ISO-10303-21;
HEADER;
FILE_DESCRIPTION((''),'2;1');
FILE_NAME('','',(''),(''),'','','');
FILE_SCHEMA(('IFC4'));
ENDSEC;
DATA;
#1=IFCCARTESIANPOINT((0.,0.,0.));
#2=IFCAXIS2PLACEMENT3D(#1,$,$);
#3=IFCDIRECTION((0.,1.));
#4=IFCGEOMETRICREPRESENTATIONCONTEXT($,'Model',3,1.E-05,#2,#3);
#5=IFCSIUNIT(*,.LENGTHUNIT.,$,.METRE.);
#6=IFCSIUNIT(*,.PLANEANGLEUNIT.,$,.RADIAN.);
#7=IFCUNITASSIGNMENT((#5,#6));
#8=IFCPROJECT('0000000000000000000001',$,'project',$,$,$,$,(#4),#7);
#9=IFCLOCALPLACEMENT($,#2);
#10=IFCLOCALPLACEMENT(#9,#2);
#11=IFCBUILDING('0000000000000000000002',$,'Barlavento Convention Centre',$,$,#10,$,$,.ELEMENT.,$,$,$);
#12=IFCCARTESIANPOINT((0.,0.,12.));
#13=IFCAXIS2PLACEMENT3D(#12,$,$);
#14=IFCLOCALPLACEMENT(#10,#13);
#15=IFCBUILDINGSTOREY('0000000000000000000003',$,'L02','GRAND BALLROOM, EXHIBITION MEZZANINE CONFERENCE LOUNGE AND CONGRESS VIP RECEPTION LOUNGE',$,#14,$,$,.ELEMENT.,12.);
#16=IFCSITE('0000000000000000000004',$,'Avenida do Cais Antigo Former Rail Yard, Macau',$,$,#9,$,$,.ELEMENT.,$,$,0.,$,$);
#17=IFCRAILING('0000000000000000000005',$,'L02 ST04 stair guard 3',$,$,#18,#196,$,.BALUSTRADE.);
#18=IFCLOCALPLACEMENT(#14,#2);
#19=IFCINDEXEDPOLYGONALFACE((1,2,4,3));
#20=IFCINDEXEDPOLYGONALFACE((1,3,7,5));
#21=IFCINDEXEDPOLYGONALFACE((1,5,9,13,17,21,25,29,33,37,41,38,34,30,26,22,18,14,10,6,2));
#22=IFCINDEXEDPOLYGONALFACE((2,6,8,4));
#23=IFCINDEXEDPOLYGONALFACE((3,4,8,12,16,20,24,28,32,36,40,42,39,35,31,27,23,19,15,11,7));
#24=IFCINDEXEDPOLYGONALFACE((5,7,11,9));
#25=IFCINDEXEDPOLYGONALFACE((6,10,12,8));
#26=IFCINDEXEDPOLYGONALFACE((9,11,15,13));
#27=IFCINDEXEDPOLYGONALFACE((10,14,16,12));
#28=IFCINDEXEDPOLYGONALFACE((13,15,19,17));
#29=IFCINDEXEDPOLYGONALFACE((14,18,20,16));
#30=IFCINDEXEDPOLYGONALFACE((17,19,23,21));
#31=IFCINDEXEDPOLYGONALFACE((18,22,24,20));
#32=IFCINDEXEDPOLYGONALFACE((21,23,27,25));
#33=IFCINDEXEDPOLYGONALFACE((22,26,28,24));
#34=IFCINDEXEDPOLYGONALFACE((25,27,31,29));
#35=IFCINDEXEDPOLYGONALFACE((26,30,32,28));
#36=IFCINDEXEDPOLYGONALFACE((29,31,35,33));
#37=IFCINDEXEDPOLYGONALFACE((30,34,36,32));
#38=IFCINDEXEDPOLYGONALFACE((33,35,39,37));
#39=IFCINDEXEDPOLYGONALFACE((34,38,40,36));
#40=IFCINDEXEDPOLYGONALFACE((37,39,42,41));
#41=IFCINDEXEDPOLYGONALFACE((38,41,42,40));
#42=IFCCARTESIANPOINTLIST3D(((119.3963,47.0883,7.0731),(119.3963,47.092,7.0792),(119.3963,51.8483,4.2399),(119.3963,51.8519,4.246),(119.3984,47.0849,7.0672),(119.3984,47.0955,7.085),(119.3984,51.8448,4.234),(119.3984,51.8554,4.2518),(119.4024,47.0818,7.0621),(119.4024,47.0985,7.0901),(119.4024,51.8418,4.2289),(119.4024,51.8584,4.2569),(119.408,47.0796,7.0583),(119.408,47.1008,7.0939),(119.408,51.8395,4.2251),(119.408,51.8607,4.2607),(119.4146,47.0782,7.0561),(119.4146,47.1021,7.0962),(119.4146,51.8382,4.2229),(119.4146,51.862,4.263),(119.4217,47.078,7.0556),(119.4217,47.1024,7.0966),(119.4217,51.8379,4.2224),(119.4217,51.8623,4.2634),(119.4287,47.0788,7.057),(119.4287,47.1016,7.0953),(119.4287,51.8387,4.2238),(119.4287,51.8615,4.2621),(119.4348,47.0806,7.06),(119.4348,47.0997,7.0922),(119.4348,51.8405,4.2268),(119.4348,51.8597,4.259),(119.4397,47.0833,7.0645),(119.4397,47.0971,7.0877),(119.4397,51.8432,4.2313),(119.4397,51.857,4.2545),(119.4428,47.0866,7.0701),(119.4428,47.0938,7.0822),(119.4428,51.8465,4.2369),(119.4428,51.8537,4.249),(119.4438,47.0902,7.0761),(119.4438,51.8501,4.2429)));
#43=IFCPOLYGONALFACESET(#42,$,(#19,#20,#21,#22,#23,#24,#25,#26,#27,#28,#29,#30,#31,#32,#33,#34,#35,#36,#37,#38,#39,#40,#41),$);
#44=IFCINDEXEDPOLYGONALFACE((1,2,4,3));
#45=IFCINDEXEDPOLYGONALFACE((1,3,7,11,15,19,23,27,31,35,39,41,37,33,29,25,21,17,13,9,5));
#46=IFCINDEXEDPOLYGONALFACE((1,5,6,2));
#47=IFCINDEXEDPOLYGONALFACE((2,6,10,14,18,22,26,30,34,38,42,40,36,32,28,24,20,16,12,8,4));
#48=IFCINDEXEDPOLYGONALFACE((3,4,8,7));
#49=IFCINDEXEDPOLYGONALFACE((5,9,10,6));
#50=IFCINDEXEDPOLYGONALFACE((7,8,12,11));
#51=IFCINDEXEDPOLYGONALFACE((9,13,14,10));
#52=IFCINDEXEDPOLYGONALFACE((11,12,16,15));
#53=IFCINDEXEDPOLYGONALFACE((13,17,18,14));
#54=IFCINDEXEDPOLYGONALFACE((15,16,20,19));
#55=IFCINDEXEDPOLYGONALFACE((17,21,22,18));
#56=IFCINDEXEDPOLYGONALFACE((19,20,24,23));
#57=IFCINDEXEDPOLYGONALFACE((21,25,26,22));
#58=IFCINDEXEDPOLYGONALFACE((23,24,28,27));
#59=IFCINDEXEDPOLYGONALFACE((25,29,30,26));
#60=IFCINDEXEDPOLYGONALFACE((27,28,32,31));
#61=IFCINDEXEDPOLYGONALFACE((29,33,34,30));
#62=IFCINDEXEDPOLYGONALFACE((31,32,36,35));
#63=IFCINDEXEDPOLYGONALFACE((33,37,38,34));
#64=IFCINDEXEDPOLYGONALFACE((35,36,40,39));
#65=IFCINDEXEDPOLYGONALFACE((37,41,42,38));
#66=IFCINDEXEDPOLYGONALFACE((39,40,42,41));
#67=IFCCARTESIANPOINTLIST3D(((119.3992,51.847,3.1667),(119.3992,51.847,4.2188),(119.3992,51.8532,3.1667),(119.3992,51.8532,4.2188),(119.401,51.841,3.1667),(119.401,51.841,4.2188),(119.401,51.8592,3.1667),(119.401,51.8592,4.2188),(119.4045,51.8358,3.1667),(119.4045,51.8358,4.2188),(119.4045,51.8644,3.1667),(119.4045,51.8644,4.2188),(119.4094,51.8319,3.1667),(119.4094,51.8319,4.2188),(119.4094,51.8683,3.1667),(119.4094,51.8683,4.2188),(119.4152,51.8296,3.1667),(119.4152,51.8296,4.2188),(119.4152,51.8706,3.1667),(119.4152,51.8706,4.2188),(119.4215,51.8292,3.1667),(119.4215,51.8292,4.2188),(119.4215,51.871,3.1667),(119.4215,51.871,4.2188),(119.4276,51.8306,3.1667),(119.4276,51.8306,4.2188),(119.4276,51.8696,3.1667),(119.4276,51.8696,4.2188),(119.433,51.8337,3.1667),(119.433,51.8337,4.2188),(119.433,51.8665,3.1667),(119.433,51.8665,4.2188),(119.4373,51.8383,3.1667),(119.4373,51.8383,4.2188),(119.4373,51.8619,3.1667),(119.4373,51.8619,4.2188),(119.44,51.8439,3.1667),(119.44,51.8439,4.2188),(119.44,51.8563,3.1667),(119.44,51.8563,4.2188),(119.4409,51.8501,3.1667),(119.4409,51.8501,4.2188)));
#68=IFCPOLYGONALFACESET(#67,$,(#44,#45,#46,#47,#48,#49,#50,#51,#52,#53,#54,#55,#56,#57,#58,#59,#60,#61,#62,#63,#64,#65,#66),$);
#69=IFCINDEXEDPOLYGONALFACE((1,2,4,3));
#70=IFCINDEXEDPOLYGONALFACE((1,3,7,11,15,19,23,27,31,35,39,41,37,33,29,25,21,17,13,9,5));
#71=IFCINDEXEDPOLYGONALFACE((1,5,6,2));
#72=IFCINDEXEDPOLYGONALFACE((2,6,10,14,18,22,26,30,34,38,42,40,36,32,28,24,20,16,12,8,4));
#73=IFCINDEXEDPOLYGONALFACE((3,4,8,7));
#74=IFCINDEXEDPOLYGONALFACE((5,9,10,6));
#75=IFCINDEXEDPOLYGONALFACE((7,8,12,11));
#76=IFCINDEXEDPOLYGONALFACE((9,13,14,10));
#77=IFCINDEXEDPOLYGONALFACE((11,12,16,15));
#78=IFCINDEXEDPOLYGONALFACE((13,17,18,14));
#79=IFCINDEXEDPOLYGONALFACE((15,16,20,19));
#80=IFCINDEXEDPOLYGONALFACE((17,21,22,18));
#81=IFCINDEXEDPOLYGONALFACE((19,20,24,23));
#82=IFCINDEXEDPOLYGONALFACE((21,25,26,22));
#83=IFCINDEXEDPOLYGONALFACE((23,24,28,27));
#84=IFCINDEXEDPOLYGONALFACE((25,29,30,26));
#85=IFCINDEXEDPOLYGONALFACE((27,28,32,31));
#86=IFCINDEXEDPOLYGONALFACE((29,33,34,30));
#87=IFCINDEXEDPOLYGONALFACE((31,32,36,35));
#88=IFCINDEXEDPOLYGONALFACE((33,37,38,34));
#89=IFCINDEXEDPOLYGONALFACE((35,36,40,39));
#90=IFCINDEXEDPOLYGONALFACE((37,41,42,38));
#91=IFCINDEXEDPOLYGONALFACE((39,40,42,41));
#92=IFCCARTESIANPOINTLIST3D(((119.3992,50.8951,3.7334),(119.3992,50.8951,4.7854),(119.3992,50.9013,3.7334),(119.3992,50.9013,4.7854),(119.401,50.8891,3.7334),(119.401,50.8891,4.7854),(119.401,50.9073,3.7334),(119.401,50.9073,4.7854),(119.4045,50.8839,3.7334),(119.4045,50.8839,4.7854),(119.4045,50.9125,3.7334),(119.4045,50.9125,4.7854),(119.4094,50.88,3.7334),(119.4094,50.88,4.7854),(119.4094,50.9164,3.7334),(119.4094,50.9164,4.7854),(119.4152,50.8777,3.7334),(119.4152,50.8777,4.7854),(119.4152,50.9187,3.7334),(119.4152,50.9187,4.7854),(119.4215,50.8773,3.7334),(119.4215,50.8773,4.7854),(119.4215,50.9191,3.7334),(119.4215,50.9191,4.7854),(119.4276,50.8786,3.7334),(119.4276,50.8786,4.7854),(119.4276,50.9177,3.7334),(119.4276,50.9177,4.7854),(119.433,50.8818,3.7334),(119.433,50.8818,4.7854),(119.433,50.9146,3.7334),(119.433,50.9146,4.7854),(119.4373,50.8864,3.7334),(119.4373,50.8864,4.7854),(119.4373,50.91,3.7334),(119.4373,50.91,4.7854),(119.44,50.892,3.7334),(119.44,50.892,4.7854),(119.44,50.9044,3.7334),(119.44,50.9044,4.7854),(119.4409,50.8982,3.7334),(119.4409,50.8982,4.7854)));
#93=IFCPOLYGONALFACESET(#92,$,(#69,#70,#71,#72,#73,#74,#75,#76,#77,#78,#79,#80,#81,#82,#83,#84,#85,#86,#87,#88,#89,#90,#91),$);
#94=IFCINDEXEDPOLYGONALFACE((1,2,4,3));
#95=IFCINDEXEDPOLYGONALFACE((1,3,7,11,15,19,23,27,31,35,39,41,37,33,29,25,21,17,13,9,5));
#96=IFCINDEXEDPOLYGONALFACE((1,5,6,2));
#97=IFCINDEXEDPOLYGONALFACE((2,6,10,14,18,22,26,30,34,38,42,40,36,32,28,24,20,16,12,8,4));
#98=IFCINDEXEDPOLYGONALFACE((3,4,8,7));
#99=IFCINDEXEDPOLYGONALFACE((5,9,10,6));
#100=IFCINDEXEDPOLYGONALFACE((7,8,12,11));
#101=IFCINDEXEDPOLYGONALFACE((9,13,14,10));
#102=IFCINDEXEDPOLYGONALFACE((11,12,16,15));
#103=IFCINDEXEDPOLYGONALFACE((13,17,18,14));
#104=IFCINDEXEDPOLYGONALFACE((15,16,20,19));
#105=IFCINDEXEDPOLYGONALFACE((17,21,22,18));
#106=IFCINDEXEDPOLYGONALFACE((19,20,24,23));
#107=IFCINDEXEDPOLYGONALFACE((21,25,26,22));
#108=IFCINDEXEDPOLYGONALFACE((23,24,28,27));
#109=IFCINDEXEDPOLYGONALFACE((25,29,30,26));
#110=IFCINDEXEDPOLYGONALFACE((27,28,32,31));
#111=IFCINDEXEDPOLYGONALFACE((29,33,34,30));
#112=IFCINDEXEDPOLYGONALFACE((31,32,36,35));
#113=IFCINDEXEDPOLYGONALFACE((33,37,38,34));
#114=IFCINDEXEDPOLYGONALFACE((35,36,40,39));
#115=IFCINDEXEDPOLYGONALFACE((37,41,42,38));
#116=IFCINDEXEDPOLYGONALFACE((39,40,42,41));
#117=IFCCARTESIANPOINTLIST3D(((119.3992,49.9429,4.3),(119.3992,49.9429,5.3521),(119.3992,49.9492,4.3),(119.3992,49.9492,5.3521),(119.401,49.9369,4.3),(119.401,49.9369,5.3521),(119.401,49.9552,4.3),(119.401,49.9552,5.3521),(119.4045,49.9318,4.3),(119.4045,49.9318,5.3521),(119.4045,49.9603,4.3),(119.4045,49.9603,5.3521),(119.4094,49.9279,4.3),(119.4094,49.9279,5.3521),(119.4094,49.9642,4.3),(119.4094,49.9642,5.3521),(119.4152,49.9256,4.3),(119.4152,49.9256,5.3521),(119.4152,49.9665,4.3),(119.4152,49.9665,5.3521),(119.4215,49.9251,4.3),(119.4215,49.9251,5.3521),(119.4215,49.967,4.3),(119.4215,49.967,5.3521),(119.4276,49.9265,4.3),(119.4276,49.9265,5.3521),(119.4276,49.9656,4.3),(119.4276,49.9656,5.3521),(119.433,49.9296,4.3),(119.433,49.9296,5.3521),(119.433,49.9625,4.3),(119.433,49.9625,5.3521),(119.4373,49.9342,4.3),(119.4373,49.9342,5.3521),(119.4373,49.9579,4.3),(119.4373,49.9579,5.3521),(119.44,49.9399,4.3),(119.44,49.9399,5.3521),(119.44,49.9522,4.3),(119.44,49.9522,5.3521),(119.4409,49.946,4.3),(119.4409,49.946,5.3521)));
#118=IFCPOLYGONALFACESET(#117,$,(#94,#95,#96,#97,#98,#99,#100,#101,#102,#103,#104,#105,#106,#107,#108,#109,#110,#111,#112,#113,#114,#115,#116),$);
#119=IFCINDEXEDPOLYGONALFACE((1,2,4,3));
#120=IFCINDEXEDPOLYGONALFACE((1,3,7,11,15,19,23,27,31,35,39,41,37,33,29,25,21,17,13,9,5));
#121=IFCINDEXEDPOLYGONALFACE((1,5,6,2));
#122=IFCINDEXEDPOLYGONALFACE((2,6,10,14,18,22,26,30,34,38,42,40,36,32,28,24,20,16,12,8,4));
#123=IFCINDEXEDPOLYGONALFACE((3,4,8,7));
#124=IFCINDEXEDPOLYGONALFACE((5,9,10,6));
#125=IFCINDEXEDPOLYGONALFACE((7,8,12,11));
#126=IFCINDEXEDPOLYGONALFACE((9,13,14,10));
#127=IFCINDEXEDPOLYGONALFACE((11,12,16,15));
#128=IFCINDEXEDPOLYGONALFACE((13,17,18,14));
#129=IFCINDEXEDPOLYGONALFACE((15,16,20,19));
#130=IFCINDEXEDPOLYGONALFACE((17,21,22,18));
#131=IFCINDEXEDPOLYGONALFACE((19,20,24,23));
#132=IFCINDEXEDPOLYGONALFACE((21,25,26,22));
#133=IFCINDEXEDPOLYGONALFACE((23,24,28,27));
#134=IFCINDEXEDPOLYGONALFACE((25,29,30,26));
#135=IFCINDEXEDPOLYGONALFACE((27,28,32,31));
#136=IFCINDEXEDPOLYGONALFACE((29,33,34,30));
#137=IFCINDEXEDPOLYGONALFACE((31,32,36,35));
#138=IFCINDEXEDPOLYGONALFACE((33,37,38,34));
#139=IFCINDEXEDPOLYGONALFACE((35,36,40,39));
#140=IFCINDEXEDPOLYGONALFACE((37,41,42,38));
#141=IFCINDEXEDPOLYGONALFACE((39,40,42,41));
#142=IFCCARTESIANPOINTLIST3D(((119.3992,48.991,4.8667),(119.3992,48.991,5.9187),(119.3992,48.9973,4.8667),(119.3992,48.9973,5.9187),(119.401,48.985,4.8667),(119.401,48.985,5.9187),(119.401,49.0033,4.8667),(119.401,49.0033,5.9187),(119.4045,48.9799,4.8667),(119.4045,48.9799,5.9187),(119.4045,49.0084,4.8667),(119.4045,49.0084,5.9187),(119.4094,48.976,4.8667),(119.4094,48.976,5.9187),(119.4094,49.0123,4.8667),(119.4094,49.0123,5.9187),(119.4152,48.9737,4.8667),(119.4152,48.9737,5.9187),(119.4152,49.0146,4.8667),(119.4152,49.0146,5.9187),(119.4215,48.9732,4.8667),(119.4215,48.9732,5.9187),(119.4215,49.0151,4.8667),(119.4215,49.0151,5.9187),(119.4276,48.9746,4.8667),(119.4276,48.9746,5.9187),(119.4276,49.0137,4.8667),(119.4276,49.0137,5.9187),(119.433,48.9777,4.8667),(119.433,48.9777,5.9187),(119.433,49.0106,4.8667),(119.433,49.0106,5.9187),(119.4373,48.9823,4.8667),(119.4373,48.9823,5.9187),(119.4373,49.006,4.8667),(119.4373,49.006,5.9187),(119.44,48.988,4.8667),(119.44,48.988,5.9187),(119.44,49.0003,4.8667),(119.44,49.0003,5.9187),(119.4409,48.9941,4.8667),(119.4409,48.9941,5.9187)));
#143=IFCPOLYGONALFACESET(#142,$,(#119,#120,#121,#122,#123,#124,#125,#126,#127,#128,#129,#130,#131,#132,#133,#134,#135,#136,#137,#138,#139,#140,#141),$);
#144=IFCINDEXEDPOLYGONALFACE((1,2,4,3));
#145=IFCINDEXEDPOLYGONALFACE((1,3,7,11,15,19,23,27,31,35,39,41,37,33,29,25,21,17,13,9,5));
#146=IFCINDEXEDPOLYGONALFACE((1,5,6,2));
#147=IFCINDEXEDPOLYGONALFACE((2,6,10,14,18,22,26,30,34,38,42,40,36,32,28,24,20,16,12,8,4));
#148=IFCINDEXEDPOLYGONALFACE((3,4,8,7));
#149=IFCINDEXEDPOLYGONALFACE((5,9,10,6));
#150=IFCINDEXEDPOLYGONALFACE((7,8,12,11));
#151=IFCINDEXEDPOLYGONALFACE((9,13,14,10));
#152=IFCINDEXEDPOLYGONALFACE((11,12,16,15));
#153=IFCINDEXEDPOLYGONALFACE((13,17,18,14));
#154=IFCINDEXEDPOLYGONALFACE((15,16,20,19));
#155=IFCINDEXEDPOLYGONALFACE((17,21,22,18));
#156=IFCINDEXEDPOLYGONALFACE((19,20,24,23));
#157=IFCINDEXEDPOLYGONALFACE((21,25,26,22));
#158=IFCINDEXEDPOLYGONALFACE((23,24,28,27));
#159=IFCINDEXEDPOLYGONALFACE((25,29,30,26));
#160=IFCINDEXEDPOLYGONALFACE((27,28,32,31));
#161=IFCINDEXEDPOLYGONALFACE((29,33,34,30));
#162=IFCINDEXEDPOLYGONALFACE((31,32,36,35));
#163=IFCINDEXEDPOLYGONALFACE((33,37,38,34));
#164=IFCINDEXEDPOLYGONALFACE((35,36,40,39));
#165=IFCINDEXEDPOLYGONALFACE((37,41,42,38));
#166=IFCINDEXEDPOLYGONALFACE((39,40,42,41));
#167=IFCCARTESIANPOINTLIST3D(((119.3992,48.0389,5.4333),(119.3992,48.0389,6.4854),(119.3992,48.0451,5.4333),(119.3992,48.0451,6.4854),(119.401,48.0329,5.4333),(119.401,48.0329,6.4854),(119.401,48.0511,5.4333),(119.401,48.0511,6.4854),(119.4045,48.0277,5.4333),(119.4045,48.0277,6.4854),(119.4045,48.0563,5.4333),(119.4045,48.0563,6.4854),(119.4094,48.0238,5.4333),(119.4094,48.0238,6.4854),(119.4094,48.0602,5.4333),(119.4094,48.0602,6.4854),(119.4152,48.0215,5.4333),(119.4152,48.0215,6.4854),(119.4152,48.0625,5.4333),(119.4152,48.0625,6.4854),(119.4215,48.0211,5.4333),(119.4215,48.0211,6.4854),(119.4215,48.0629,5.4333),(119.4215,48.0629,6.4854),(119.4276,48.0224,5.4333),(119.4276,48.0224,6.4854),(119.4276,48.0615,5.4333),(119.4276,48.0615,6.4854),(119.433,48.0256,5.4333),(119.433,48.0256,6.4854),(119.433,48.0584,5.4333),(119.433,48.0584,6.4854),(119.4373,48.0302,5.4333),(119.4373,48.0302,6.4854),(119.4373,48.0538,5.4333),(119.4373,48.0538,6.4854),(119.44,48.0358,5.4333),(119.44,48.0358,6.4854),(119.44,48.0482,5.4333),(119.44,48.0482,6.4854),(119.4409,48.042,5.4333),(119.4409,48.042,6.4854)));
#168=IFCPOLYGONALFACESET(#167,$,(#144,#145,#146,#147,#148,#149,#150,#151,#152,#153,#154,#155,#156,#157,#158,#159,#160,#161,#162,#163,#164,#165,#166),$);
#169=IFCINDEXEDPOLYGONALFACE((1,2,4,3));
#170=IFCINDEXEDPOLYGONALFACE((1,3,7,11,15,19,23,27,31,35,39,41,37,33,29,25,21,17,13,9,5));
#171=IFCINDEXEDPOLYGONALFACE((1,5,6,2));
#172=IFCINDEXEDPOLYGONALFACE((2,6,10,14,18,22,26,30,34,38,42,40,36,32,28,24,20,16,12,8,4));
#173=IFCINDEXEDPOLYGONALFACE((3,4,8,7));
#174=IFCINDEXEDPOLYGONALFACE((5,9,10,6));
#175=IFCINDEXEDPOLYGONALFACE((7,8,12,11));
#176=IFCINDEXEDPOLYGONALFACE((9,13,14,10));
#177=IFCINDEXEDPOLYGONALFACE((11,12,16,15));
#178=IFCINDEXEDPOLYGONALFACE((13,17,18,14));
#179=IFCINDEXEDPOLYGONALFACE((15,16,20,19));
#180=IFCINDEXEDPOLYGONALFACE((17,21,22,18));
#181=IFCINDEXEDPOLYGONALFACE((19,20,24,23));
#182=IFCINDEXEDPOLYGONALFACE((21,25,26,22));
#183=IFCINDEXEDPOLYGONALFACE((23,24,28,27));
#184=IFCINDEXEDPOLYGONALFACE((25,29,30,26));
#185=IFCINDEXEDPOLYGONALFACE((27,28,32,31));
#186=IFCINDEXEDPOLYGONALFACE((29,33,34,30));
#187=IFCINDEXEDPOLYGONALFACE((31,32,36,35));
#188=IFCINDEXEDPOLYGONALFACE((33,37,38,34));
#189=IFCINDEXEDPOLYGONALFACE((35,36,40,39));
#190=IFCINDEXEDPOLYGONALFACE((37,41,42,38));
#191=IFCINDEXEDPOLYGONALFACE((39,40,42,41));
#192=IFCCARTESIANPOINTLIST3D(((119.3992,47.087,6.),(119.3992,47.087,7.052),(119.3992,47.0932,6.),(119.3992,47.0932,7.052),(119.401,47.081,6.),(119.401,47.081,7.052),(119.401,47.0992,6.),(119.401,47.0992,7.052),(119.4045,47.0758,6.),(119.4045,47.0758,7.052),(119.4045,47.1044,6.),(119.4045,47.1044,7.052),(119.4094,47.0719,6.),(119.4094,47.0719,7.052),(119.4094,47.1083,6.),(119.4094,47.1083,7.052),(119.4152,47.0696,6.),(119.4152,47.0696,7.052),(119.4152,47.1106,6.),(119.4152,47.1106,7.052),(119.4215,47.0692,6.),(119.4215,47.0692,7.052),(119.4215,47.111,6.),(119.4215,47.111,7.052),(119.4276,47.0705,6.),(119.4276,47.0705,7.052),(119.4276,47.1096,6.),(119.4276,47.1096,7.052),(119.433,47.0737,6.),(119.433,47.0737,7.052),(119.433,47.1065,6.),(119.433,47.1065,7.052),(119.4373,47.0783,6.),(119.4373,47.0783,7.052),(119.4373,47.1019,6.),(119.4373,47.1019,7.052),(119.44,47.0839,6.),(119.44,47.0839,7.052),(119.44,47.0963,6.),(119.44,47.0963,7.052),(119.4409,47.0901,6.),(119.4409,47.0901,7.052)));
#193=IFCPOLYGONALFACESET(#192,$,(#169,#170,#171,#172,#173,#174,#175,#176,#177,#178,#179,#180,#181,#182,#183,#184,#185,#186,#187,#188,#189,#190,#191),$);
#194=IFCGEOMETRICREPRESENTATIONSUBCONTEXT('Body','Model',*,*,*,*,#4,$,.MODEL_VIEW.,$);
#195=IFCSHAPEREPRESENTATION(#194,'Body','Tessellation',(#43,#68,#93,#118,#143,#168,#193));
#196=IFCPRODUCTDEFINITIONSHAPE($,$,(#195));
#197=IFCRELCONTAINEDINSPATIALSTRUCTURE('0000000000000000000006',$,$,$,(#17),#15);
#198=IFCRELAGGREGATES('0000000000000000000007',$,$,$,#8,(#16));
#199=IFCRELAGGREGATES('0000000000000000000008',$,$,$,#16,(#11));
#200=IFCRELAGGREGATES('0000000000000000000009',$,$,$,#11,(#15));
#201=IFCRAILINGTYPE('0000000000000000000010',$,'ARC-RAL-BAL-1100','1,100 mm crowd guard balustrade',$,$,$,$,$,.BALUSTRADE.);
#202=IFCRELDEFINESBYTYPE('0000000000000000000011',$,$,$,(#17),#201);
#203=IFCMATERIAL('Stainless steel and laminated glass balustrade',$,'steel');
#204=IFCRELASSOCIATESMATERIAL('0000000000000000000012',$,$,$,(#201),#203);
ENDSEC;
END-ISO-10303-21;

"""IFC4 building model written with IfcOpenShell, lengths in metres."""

from ifc_helpers import new_model, si_unit, direction, frame, origin, origin_2d, place, context, subcontext, project, spatial, circle, extrude, material, type_object, element, save


model = new_model("IFC4")

# Units and contexts
model_context = context("Model", 3, precision=1e-05, world=origin(), true_north=direction((0.0, 1.0)))
body_context = subcontext(model_context, "Body", "Model", "MODEL_VIEW")
ifc_project = project(units=[si_unit("LENGTHUNIT", "METRE"), si_unit("PLANEANGLEUNIT", "RADIAN")], contexts=[model_context])

# Site, building, storey
site_placement = place(None, origin())
site = spatial("IfcSite", under=ifc_project, at=site_placement, Name="Avenida do Cais Antigo Former Rail Yard, Macau", CompositionType="ELEMENT", RefElevation=0.0)
building_placement = place(site_placement, origin())
building = spatial("IfcBuilding", under=site, at=building_placement, Name="Barlavento Convention Centre", CompositionType="ELEMENT")
storey_placement = place(building_placement, frame((0.0, 0.0, 12.0)))
storey = spatial("IfcBuildingStorey", under=building, at=storey_placement, Name="L02", Description="GRAND BALLROOM, EXHIBITION MEZZANINE CONFERENCE LOUNGE AND CONGRESS VIP RECEPTION LOUNGE", CompositionType="ELEMENT", Elevation=12.0)

# Railing
ifc_material_1 = material(Name="Stainless steel and laminated glass balustrade", Category="steel")
railing_type_1 = type_object("IfcRailingType", Name="ARC-RAL-BAL-1100", Description="1,100 mm crowd guard balustrade", PredefinedType="BALUSTRADE", material=ifc_material_1)
railing_1_placement = place(storey_placement, frame((119.4199, 51.8501, 3.1667)))
element("IfcRailing", 1, at=railing_1_placement, inside=storey, type_object=railing_type_1, Name="L02 ST04 stair guard 3", PredefinedType="BALUSTRADE", context=body_context, shape_type="SweptSolid", body=[
    extrude(circle(Radius=0.0239, at=origin_2d()), frame((0.0, 0.0, 1.0762), z_axis=(0.0, -0.8593, 0.511472), x_axis=(1.0, 0.0, 0.0)), (0.0, 0.0, 1.0), 5.5393),
    extrude(circle(Radius=0.021, at=origin_2d()), origin(), (0.0, 0.0, 1.0), 1.052),
    extrude(circle(Radius=0.021, at=origin_2d()), frame((0.0, -0.9519, 0.5667)), (0.0, 0.0, 1.0), 1.052),
    extrude(circle(Radius=0.021, at=origin_2d()), frame((0.0, -1.9041, 1.1333)), (0.0, 0.0, 1.0), 1.052),
    extrude(circle(Radius=0.021, at=origin_2d()), frame((0.0, -2.856, 1.7)), (0.0, 0.0, 1.0), 1.052),
    extrude(circle(Radius=0.021, at=origin_2d()), frame((0.0, -3.8081, 2.2666)), (0.0, 0.0, 1.0), 1.052),
    extrude(circle(Radius=0.021, at=origin_2d()), frame((0.0, -4.76, 2.8333)), (0.0, 0.0, 1.0), 1.052),
])

save(model, "model.ifc")
